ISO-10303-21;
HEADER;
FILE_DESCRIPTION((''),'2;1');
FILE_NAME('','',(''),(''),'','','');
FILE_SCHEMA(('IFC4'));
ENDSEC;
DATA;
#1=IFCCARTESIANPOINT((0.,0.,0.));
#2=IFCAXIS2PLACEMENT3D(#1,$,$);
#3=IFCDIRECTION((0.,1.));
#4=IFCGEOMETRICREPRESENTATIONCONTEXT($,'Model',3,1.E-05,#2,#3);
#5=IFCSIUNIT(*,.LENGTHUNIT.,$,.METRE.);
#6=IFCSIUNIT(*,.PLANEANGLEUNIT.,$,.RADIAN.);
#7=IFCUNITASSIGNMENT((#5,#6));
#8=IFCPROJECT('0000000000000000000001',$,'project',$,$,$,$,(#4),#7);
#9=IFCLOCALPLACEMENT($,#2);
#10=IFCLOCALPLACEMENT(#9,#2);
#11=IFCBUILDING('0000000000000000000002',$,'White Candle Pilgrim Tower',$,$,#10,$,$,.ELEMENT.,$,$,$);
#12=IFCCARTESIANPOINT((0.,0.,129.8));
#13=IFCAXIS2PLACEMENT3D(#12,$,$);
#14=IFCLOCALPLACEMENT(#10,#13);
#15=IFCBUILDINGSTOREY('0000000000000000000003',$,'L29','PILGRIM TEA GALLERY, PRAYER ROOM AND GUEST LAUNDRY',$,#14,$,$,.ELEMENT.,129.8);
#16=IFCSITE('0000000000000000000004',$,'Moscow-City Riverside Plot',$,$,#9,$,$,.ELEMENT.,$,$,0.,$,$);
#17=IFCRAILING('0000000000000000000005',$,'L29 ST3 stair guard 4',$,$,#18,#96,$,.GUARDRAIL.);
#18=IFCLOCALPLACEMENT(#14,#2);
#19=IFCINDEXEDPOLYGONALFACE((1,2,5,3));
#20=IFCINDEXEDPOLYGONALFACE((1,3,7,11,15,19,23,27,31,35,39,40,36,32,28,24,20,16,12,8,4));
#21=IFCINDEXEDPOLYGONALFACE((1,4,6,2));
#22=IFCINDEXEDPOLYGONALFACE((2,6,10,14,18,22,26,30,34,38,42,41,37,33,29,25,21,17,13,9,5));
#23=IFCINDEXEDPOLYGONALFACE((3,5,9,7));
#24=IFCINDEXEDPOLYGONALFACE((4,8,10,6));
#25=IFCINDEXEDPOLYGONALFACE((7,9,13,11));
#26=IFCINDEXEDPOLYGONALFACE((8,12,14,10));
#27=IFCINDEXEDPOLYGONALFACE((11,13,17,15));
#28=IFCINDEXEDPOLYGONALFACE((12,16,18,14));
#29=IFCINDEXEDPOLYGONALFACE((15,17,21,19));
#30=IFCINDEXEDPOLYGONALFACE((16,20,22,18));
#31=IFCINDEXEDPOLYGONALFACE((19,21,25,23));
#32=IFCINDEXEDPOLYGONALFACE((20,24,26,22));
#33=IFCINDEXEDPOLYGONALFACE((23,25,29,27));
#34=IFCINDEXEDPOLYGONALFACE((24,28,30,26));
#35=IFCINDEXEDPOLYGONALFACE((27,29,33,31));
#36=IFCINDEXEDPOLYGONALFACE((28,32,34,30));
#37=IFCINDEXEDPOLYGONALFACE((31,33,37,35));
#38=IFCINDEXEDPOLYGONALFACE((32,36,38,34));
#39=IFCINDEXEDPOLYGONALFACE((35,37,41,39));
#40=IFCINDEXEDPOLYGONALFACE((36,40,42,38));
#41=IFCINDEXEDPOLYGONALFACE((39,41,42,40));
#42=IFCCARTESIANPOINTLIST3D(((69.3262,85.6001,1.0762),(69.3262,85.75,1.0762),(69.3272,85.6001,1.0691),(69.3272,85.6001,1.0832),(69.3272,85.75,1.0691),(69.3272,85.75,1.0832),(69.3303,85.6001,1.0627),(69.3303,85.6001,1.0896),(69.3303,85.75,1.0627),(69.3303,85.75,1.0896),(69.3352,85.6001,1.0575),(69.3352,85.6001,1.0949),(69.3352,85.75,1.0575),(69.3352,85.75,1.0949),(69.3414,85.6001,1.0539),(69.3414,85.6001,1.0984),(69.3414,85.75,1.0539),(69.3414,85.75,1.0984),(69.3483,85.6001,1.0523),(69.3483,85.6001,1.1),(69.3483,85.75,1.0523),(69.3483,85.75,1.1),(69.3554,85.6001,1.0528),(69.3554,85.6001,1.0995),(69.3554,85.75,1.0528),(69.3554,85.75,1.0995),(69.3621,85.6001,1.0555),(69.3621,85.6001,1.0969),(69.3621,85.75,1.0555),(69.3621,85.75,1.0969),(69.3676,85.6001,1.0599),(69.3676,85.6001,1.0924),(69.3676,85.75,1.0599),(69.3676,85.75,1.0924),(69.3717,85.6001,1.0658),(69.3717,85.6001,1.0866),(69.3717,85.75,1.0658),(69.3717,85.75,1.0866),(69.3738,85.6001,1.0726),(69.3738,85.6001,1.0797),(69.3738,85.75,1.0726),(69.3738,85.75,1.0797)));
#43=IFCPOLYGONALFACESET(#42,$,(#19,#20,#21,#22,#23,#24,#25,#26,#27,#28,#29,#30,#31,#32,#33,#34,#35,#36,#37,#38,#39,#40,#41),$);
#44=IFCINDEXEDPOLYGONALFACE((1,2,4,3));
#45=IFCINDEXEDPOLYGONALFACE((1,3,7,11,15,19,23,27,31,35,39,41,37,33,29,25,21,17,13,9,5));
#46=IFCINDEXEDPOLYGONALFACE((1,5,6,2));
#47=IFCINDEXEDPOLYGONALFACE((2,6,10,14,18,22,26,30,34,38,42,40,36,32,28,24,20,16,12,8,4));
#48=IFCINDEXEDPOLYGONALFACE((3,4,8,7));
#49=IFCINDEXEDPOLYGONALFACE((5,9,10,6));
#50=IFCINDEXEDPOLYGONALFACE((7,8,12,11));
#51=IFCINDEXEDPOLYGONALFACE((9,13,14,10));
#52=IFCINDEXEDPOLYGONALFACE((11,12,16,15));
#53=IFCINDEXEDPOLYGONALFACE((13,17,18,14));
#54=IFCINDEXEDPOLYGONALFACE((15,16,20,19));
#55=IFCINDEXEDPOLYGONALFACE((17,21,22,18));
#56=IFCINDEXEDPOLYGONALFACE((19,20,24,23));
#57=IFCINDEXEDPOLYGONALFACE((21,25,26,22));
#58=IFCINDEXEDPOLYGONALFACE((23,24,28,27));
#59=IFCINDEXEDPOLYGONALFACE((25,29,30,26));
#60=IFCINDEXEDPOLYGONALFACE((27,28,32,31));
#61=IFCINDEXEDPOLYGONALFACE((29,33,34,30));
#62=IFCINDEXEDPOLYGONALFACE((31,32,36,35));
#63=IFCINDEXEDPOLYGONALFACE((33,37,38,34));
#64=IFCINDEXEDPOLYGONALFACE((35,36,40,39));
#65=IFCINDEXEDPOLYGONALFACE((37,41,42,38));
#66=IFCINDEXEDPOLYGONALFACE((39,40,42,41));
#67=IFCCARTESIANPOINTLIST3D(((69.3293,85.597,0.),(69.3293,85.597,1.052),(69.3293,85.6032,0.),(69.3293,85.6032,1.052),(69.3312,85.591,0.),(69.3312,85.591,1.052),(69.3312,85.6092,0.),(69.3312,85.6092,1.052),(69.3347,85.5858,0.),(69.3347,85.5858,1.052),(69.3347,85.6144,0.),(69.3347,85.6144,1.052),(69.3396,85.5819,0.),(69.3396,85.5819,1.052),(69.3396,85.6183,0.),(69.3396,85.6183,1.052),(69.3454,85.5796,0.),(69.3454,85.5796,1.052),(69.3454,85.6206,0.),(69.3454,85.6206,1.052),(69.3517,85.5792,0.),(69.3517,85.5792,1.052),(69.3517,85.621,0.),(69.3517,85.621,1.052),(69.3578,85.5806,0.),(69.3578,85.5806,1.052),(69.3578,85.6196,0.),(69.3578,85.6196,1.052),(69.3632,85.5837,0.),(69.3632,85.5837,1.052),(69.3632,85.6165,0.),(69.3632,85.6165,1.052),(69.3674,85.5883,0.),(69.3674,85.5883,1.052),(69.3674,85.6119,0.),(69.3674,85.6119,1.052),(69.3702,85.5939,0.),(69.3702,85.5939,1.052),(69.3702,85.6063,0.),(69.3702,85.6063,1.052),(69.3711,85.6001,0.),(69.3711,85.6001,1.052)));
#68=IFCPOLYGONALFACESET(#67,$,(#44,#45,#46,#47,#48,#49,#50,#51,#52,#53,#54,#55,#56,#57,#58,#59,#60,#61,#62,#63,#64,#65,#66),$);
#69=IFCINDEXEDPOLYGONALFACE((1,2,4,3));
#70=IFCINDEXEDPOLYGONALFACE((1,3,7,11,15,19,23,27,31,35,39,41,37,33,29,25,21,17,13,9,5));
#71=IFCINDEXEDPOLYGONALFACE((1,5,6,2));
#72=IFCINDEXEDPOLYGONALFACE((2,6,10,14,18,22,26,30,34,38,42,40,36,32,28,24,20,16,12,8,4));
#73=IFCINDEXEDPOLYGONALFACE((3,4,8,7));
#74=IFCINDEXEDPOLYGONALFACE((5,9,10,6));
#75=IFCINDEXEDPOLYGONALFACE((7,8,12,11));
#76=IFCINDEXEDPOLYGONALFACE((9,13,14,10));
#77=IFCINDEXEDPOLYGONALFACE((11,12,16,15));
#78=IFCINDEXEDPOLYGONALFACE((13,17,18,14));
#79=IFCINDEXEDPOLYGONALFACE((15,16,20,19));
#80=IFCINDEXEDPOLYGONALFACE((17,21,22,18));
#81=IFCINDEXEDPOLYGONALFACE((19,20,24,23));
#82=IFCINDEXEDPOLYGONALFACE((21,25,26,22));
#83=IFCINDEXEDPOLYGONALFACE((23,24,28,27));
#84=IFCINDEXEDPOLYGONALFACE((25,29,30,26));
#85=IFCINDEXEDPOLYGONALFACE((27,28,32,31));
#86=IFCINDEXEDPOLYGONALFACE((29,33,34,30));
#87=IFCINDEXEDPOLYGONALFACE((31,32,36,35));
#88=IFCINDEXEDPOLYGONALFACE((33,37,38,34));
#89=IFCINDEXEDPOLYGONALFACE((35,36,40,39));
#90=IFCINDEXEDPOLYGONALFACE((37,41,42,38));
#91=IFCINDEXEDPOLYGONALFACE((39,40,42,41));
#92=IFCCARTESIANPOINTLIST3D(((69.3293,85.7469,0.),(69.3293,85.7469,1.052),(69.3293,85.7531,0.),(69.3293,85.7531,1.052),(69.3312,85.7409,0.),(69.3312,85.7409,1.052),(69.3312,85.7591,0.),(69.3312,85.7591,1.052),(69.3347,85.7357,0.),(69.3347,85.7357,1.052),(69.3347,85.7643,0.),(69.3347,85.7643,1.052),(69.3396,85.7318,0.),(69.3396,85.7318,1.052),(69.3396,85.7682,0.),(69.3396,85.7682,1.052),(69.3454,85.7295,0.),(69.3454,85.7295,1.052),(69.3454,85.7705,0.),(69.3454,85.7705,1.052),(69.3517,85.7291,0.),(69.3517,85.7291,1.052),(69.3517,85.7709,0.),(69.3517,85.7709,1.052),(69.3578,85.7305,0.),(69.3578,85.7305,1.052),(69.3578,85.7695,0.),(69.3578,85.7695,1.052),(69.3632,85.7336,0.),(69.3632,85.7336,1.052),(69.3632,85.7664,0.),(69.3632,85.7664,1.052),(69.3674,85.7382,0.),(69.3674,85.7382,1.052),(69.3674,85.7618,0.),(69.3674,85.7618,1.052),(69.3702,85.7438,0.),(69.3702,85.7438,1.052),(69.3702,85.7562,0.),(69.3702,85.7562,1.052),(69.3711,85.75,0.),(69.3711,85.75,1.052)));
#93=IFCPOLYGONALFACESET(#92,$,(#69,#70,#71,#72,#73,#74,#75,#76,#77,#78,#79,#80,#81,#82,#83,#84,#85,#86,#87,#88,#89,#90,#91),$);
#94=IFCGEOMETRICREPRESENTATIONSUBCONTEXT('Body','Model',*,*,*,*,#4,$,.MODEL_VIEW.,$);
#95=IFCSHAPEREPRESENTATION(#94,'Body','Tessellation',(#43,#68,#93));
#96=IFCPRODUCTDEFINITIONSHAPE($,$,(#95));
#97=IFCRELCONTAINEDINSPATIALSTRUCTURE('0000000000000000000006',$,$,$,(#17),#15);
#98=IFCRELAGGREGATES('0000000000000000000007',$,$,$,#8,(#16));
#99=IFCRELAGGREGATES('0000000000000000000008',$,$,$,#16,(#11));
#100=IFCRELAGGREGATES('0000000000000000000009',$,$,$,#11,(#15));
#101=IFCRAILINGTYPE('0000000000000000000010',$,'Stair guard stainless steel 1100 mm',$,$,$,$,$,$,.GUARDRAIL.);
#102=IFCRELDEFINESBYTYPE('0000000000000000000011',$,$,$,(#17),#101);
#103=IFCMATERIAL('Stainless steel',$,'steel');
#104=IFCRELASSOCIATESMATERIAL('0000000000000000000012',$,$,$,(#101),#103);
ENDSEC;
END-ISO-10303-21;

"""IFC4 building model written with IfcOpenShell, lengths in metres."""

from ifc_helpers import new_model, si_unit, direction, frame, origin, origin_2d, place, context, subcontext, project, spatial, circle, extrude, material, type_object, element, save


model = new_model("IFC4")

# Units and contexts
model_context = context("Model", 3, precision=1e-05, world=origin(), true_north=direction((0.0, 1.0)))
body_context = subcontext(model_context, "Body", "Model", "MODEL_VIEW")
ifc_project = project(units=[si_unit("LENGTHUNIT", "METRE"), si_unit("PLANEANGLEUNIT", "RADIAN")], contexts=[model_context])

# Site, building, storey
site_placement = place(None, origin())
site = spatial("IfcSite", under=ifc_project, at=site_placement, Name="Moscow-City Riverside Plot", CompositionType="ELEMENT", RefElevation=0.0)
building_placement = place(site_placement, origin())
building = spatial("IfcBuilding", under=site, at=building_placement, Name="White Candle Pilgrim Tower", CompositionType="ELEMENT")
storey_placement = place(building_placement, frame((0.0, 0.0, 129.8)))
storey = spatial("IfcBuildingStorey", under=building, at=storey_placement, Name="L29", Description="PILGRIM TEA GALLERY, PRAYER ROOM AND GUEST LAUNDRY", CompositionType="ELEMENT", Elevation=129.8)

# Railing
ifc_material_1 = material(Name="Stainless steel", Category="steel")
railing_type_1 = type_object("IfcRailingType", Name="Stair guard stainless steel 1100 mm", PredefinedType="GUARDRAIL", material=ifc_material_1)
railing_1_placement = place(storey_placement, frame((69.3501, 85.6001, 0.0)))
element("IfcRailing", 1, at=railing_1_placement, inside=storey, type_object=railing_type_1, Name="L29 ST3 stair guard 4", PredefinedType="GUARDRAIL", context=body_context, shape_type="SweptSolid", body=[
    extrude(circle(Radius=0.0239, at=origin_2d()), frame((0.0, 0.0, 1.0762), z_axis=(0.0, 1.0, 0.0), x_axis=(-1.0, 0.0, 0.0)), (0.0, 0.0, 1.0), 0.1499),
    extrude(circle(Radius=0.021, at=origin_2d()), origin(), (0.0, 0.0, 1.0), 1.052),
    extrude(circle(Radius=0.021, at=origin_2d()), frame((0.0, 0.1499, 0.0)), (0.0, 0.0, 1.0), 1.052),
])

save(model, "model.ifc")
